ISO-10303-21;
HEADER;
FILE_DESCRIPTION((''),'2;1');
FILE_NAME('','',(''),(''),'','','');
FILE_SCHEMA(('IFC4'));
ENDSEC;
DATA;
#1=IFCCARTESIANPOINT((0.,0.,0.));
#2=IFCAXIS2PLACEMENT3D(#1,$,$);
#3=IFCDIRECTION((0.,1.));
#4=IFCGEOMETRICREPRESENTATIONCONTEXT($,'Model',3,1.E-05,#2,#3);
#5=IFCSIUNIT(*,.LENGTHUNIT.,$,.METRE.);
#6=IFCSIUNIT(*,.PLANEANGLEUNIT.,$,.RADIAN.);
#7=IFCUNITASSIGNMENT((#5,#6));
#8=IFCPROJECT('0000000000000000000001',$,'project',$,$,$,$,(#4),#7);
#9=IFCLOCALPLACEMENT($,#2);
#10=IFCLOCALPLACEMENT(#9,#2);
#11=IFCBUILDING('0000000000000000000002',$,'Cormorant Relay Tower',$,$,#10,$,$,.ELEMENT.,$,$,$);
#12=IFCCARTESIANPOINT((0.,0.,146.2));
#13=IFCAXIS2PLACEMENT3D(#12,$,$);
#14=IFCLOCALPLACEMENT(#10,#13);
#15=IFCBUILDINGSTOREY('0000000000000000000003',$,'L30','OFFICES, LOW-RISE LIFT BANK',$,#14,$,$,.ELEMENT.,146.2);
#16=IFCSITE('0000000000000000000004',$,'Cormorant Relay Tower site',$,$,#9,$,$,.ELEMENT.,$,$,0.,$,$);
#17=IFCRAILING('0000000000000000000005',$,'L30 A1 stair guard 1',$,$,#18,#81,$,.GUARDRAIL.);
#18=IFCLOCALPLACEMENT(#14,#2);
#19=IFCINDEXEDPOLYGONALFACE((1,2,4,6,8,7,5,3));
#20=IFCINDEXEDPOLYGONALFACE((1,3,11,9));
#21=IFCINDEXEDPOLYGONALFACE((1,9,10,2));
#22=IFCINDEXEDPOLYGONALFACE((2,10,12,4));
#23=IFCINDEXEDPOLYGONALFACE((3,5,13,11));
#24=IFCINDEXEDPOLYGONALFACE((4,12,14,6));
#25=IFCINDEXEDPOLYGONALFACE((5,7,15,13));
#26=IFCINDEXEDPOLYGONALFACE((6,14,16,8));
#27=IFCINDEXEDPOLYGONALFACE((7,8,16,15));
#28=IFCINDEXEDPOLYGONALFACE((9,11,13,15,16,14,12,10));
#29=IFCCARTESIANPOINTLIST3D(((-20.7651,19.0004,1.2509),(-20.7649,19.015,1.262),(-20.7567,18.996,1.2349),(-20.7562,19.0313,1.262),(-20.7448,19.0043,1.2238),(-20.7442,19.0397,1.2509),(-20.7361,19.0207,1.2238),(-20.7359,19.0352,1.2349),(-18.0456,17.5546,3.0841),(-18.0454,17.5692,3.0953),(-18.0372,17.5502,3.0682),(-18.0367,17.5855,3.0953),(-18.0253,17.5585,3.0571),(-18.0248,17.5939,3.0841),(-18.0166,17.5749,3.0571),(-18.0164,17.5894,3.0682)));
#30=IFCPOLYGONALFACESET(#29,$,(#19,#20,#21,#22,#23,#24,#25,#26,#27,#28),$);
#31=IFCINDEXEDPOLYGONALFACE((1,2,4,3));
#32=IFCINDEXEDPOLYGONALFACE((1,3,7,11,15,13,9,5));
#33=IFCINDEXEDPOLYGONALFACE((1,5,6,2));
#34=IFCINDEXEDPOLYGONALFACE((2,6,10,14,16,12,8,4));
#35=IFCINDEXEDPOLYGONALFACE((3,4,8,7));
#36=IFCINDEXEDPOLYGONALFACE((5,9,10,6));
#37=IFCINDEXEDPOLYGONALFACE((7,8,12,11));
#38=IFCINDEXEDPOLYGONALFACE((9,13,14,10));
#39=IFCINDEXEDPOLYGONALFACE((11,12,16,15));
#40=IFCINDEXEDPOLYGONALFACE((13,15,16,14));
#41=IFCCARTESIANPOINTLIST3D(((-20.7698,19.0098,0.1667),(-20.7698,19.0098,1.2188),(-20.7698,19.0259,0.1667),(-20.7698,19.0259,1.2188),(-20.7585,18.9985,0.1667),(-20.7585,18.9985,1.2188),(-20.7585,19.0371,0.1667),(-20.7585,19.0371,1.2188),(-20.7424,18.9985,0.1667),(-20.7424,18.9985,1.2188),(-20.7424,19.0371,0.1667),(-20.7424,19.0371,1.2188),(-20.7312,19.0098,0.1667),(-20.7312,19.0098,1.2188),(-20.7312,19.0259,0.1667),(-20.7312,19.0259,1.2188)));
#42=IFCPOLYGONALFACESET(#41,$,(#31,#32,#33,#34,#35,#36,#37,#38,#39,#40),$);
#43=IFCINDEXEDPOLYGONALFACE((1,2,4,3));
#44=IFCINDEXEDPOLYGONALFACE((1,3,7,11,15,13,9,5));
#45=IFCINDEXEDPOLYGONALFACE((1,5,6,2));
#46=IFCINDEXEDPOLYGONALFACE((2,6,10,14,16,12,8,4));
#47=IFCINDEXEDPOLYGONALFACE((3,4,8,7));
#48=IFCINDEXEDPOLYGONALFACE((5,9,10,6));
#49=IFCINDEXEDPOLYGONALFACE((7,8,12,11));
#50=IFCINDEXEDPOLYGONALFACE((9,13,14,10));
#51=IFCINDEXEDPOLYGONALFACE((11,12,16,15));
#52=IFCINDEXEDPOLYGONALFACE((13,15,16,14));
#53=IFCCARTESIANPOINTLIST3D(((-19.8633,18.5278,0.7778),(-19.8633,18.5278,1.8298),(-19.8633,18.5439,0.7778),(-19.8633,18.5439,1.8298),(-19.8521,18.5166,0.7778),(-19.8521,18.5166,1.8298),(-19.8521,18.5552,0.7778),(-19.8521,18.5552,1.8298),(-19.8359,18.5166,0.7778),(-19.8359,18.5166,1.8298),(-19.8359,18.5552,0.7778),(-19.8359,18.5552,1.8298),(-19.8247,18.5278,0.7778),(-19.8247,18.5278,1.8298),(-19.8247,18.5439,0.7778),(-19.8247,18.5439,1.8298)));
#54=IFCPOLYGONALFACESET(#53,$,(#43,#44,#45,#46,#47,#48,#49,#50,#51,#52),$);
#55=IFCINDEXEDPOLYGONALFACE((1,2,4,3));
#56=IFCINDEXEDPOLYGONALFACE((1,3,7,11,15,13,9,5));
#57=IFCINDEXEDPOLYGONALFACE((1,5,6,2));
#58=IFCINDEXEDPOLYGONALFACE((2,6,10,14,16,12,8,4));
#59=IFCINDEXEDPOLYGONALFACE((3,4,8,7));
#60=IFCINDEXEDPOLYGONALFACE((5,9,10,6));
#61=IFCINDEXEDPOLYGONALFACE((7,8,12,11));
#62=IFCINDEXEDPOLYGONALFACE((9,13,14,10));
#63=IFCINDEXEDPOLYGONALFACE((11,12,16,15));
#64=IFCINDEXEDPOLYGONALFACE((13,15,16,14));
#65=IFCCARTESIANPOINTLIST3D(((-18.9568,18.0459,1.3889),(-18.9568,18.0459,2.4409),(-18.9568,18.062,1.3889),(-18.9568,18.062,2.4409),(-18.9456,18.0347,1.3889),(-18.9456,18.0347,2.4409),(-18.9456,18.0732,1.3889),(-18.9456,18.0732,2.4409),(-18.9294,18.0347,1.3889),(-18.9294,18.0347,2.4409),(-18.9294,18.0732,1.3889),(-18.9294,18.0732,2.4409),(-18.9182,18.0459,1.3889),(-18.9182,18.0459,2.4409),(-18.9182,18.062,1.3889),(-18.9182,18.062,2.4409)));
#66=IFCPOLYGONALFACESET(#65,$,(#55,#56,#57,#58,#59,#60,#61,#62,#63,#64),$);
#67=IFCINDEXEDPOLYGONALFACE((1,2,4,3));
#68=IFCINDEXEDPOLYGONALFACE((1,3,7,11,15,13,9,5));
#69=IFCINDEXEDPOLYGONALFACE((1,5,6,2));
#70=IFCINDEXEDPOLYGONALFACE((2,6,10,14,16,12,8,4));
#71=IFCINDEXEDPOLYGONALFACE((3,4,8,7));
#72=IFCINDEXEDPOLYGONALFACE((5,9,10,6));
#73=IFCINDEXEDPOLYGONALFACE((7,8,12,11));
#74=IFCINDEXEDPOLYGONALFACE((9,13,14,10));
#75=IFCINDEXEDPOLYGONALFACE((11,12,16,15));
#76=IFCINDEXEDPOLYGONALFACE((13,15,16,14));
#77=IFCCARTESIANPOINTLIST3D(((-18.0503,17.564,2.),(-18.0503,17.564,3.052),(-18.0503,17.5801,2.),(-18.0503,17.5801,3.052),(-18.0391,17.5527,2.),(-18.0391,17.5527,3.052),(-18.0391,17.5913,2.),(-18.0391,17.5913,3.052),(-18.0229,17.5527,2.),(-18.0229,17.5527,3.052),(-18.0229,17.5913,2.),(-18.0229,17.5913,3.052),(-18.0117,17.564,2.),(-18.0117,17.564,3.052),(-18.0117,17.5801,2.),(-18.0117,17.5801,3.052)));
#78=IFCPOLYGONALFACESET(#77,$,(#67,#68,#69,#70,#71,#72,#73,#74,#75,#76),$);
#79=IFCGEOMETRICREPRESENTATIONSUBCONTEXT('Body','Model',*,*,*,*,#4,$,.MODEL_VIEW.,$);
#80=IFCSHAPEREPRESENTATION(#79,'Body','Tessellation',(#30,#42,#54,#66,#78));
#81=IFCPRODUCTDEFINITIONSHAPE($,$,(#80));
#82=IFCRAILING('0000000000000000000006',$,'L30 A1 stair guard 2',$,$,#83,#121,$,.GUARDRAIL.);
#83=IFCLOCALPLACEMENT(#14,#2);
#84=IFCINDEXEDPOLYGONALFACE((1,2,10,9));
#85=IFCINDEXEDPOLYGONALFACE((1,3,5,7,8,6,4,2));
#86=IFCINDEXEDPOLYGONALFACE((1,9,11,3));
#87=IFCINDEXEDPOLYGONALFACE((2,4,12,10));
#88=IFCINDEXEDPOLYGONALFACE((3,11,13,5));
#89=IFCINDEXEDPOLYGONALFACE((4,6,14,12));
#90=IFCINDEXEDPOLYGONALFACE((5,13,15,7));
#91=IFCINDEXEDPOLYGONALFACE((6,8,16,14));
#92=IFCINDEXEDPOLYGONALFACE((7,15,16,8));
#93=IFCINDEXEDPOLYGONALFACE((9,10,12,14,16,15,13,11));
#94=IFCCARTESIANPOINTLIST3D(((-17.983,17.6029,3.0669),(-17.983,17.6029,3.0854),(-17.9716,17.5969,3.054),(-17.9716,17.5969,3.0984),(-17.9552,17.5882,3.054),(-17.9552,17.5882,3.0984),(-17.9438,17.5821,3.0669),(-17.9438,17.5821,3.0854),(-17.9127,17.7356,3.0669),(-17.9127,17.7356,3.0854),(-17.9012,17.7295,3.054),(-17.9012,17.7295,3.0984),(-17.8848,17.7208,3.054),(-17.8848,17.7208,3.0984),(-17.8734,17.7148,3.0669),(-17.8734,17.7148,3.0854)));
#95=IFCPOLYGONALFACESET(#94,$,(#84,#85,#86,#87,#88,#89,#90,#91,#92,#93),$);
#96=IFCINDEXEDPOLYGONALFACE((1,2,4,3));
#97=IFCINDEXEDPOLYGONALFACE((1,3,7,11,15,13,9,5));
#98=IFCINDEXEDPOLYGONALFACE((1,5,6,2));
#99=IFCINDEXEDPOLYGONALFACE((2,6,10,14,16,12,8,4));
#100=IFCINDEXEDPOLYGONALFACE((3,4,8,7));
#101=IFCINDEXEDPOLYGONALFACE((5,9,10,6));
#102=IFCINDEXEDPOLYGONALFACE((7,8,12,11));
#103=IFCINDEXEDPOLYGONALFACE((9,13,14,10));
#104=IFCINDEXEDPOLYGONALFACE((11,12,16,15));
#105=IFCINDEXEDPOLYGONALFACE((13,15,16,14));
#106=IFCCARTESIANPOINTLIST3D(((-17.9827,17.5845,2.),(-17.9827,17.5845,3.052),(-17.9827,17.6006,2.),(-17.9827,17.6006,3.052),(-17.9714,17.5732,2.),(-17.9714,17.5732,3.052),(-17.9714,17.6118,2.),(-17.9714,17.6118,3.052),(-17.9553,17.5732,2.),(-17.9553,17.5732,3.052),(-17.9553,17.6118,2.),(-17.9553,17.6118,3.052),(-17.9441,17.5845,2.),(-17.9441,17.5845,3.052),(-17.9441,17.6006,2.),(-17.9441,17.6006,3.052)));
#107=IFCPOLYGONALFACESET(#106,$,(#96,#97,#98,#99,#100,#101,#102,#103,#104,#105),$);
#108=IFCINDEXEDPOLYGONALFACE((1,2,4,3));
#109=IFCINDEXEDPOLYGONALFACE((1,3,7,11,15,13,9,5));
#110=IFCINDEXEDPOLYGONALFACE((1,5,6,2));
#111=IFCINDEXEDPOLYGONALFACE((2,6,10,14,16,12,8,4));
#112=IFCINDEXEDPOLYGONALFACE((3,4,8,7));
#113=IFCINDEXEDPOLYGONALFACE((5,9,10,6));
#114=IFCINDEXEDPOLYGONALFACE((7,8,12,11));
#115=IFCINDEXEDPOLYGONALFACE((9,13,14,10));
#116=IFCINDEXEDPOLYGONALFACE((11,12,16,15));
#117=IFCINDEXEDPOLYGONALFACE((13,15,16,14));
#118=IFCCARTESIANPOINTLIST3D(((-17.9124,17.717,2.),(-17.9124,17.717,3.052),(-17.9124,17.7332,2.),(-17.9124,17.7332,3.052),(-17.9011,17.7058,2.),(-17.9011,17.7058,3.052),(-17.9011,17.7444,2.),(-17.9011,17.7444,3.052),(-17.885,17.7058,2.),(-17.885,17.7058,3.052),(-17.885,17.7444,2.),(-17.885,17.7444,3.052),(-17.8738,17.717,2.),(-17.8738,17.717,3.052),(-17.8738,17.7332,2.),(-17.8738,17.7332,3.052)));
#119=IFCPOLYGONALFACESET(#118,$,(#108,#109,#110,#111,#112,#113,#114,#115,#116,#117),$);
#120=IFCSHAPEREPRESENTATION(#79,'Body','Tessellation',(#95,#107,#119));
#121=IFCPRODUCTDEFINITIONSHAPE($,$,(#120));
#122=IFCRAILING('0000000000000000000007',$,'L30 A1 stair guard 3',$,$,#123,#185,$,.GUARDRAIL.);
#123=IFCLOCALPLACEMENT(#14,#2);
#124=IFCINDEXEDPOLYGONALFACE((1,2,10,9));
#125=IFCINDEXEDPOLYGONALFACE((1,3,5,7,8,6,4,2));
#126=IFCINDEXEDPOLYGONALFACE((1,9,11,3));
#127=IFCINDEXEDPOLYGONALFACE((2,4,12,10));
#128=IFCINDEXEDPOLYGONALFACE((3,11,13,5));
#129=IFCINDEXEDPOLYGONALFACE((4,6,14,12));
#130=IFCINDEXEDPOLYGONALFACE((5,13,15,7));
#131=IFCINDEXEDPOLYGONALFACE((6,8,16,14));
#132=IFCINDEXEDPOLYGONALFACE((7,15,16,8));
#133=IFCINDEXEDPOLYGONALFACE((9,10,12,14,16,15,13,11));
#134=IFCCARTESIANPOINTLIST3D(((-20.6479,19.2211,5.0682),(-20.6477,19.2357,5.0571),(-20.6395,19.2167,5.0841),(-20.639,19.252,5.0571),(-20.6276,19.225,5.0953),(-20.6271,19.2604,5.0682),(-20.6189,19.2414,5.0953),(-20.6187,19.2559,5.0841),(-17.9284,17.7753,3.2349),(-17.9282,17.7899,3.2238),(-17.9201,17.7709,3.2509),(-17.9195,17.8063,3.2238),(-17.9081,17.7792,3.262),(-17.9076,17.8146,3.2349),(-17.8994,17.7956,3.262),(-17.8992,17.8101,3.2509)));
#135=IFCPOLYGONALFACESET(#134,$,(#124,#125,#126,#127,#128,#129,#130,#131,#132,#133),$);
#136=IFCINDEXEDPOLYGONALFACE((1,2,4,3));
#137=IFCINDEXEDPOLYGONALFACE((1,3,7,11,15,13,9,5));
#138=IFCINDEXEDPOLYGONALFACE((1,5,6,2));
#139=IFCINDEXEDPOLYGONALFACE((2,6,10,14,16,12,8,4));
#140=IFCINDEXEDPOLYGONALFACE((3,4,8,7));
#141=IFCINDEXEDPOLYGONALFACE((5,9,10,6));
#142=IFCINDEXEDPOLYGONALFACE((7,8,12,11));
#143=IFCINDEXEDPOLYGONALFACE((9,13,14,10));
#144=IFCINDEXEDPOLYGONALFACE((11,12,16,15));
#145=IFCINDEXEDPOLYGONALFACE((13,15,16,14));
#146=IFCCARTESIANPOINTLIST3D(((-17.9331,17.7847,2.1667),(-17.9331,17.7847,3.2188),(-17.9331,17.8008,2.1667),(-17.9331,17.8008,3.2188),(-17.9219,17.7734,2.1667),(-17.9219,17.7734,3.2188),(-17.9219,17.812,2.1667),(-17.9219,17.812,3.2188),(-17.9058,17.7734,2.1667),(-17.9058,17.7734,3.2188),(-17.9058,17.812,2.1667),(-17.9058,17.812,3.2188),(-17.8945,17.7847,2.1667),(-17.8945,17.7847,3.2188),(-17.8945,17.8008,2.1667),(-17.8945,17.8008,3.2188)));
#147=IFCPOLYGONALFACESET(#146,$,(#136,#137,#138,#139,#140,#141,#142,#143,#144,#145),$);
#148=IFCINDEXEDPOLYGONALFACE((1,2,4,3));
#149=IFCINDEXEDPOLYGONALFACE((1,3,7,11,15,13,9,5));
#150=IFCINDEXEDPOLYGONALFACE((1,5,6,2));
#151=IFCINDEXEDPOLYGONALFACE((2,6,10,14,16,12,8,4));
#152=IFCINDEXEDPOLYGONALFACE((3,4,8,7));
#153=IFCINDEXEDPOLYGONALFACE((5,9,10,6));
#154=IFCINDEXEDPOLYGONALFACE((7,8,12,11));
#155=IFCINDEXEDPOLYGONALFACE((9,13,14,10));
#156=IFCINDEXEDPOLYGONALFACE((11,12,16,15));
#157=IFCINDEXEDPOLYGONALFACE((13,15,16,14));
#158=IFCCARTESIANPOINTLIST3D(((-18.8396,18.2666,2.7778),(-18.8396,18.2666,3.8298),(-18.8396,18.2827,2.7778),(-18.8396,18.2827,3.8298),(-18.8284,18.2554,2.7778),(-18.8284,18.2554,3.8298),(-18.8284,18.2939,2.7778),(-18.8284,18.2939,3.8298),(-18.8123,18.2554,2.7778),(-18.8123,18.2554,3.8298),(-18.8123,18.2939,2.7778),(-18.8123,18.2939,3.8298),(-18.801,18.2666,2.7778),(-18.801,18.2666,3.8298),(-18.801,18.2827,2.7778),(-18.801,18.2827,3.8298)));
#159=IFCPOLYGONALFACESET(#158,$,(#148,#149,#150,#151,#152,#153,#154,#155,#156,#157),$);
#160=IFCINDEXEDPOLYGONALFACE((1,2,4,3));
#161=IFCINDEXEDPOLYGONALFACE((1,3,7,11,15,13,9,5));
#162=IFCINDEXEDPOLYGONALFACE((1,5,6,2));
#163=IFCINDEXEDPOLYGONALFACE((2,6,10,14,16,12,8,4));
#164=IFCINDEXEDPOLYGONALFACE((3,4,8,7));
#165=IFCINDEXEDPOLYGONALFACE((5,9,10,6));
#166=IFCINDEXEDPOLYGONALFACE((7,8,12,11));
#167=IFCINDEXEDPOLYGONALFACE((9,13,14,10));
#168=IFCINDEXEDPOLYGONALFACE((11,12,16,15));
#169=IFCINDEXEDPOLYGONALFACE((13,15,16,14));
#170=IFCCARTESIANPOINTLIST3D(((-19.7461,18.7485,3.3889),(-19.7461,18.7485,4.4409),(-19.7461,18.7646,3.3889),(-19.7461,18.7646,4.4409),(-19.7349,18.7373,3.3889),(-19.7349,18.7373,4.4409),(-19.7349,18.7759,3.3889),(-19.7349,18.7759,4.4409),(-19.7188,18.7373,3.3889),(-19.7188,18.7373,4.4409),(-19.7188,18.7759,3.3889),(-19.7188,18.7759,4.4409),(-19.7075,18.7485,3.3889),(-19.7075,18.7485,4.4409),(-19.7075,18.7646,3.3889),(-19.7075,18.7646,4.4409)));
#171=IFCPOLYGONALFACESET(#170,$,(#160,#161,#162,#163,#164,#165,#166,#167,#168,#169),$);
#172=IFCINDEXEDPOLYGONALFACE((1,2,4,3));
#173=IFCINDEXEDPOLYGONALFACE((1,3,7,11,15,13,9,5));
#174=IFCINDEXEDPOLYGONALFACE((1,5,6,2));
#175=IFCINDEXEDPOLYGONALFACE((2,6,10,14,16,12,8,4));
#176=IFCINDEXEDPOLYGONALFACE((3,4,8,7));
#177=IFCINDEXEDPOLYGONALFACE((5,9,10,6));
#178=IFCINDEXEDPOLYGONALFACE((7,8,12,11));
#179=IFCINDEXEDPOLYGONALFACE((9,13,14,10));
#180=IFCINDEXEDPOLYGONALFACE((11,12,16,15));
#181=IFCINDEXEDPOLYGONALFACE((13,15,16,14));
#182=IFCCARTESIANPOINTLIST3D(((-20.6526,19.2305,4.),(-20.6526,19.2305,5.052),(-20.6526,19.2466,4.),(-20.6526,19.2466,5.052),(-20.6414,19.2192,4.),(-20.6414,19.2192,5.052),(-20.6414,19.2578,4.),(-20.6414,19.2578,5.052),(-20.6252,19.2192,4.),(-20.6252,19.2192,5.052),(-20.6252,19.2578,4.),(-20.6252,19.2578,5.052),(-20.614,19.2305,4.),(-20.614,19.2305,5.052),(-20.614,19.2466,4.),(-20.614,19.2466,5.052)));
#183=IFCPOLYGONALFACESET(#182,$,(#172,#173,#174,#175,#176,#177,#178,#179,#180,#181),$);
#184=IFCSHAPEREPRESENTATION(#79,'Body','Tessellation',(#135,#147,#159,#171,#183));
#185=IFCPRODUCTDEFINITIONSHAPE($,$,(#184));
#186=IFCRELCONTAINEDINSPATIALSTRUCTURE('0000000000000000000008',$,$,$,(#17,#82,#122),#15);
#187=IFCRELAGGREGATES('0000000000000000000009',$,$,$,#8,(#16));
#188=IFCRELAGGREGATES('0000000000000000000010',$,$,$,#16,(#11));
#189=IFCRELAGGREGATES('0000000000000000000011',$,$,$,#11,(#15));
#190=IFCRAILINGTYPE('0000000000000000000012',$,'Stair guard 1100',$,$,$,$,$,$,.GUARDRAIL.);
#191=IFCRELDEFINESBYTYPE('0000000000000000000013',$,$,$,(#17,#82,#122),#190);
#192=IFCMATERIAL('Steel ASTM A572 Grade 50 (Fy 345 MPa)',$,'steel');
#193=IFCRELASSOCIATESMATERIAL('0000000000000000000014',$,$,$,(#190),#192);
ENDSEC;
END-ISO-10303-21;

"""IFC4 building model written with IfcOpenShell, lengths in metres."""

from ifc_helpers import new_model, si_unit, direction, frame, origin, place, context, subcontext, project, spatial, polyline, outline, extrude, material, type_object, element, save


model = new_model("IFC4")

# Units and contexts
model_context = context("Model", 3, precision=1e-05, world=origin(), true_north=direction((0.0, 1.0)))
body_context = subcontext(model_context, "Body", "Model", "MODEL_VIEW")
ifc_project = project(units=[si_unit("LENGTHUNIT", "METRE"), si_unit("PLANEANGLEUNIT", "RADIAN")], contexts=[model_context])

# Site, building, storey
site_placement = place(None, origin())
site = spatial("IfcSite", under=ifc_project, at=site_placement, Name="Cormorant Relay Tower site", CompositionType="ELEMENT", RefElevation=0.0)
building_placement = place(site_placement, origin())
building = spatial("IfcBuilding", under=site, at=building_placement, Name="Cormorant Relay Tower", CompositionType="ELEMENT")
storey_placement = place(building_placement, frame((0.0, 0.0, 146.2)))
storey = spatial("IfcBuildingStorey", under=building, at=storey_placement, Name="L30", Description="OFFICES, LOW-RISE LIFT BANK", CompositionType="ELEMENT", Elevation=146.2)

# Railings
ifc_material_1 = material(Name="Steel ASTM A572 Grade 50 (Fy 345 MPa)", Category="steel")
railing_type_1 = type_object("IfcRailingType", Name="Stair guard 1100", PredefinedType="GUARDRAIL", material=ifc_material_1)
railing_1_placement = place(storey_placement, frame((-20.7505, 19.0178, 0.1667)))
element("IfcRailing", 1, at=railing_1_placement, inside=storey, type_object=railing_type_1, Name="L30 A1 stair guard 1", PredefinedType="GUARDRAIL", context=body_context, shape_type="SweptSolid", body=[
    extrude(outline(polyline([(0.0222, 0.0093), (0.0093, 0.0222), (-0.0093, 0.0222), (-0.0222, 0.0093), (-0.0222, -0.0093), (-0.0093, -0.0222), (0.0093, -0.0222), (0.0222, -0.0093), (0.0222, 0.0093)])), frame((0.0, 0.0, 1.0762), z_axis=(0.758735, -0.403378, 0.511477), x_axis=(0.469428, 0.882971, 0.0)), (0.0, 0.0, 1.0), 3.5842),
    extrude(outline(polyline([(0.0193, 0.0081), (0.0081, 0.0193), (-0.0081, 0.0193), (-0.0193, 0.0081), (-0.0193, -0.0081), (-0.0081, -0.0193), (0.0081, -0.0193), (0.0193, -0.0081), (0.0193, 0.0081)])), origin(), (0.0, 0.0, 1.0), 1.052),
    extrude(outline(polyline([(0.0193, 0.0081), (0.0081, 0.0193), (-0.0081, 0.0193), (-0.0193, 0.0081), (-0.0193, -0.0081), (-0.0081, -0.0193), (0.0081, -0.0193), (0.0193, -0.0081), (0.0193, 0.0081)])), frame((0.9065, -0.4819, 0.6111)), (0.0, 0.0, 1.0), 1.052),
    extrude(outline(polyline([(0.0193, 0.0081), (0.0081, 0.0193), (-0.0081, 0.0193), (-0.0193, 0.0081), (-0.0193, -0.0081), (-0.0081, -0.0193), (0.0081, -0.0193), (0.0193, -0.0081), (0.0193, 0.0081)])), frame((1.813, -0.9639, 1.2222)), (0.0, 0.0, 1.0), 1.052),
    extrude(outline(polyline([(0.0193, 0.0081), (0.0081, 0.0193), (-0.0081, 0.0193), (-0.0193, 0.0081), (-0.0193, -0.0081), (-0.0081, -0.0193), (0.0081, -0.0193), (0.0193, -0.0081), (0.0193, 0.0081)])), frame((2.7195, -1.4458, 1.8333)), (0.0, 0.0, 1.0), 1.052),
])
railing_2_placement = place(storey_placement, frame((-17.9634, 17.5925, 2.0)))
element("IfcRailing", 2, at=railing_2_placement, inside=storey, type_object=railing_type_1, Name="L30 A1 stair guard 2", PredefinedType="GUARDRAIL", context=body_context, shape_type="SweptSolid", body=[
    extrude(outline(polyline([(0.0222, 0.0093), (0.0093, 0.0222), (-0.0093, 0.0222), (-0.0222, 0.0093), (-0.0222, -0.0093), (-0.0093, -0.0222), (0.0093, -0.0222), (0.0222, -0.0093), (0.0222, 0.0093)])), frame((0.0, 0.0, 1.0762), z_axis=(0.46856, 0.883431, 0.0), x_axis=(-0.883431, 0.46856, 0.0)), (0.0, 0.0, 1.0), 0.1501),
    extrude(outline(polyline([(0.0193, 0.0081), (0.0081, 0.0193), (-0.0081, 0.0193), (-0.0193, 0.0081), (-0.0193, -0.0081), (-0.0081, -0.0193), (0.0081, -0.0193), (0.0193, -0.0081), (0.0193, 0.0081)])), origin(), (0.0, 0.0, 1.0), 1.052),
    extrude(outline(polyline([(0.0193, 0.0081), (0.0081, 0.0193), (-0.0081, 0.0193), (-0.0193, 0.0081), (-0.0193, -0.0081), (-0.0081, -0.0193), (0.0081, -0.0193), (0.0193, -0.0081), (0.0193, 0.0081)])), frame((0.0703, 0.1326, 0.0)), (0.0, 0.0, 1.0), 1.052),
])
railing_3_placement = place(storey_placement, frame((-17.9138, 17.7927, 2.1667)))
element("IfcRailing", 3, at=railing_3_placement, inside=storey, type_object=railing_type_1, Name="L30 A1 stair guard 3", PredefinedType="GUARDRAIL", context=body_context, shape_type="SweptSolid", body=[
    extrude(outline(polyline([(0.0222, 0.0093), (0.0093, 0.0222), (-0.0093, 0.0222), (-0.0222, 0.0093), (-0.0222, -0.0093), (-0.0093, -0.0222), (0.0093, -0.0222), (0.0222, -0.0093), (0.0222, 0.0093)])), frame((0.0, 0.0, 1.0762), z_axis=(-0.758735, 0.403378, 0.511477), x_axis=(-0.469428, -0.882971, 0.0)), (0.0, 0.0, 1.0), 3.5842),
    extrude(outline(polyline([(0.0193, 0.0081), (0.0081, 0.0193), (-0.0081, 0.0193), (-0.0193, 0.0081), (-0.0193, -0.0081), (-0.0081, -0.0193), (0.0081, -0.0193), (0.0193, -0.0081), (0.0193, 0.0081)])), origin(), (0.0, 0.0, 1.0), 1.052),
    extrude(outline(polyline([(0.0193, 0.0081), (0.0081, 0.0193), (-0.0081, 0.0193), (-0.0193, 0.0081), (-0.0193, -0.0081), (-0.0081, -0.0193), (0.0081, -0.0193), (0.0193, -0.0081), (0.0193, 0.0081)])), frame((-0.9065, 0.4819, 0.6111)), (0.0, 0.0, 1.0), 1.052),
    extrude(outline(polyline([(0.0193, 0.0081), (0.0081, 0.0193), (-0.0081, 0.0193), (-0.0193, 0.0081), (-0.0193, -0.0081), (-0.0081, -0.0193), (0.0081, -0.0193), (0.0193, -0.0081), (0.0193, 0.0081)])), frame((-1.813, 0.9639, 1.2222)), (0.0, 0.0, 1.0), 1.052),
    extrude(outline(polyline([(0.0193, 0.0081), (0.0081, 0.0193), (-0.0081, 0.0193), (-0.0193, 0.0081), (-0.0193, -0.0081), (-0.0081, -0.0193), (0.0081, -0.0193), (0.0193, -0.0081), (0.0193, 0.0081)])), frame((-2.7195, 1.4458, 1.8333)), (0.0, 0.0, 1.0), 1.052),
])

save(model, "model.ifc")
